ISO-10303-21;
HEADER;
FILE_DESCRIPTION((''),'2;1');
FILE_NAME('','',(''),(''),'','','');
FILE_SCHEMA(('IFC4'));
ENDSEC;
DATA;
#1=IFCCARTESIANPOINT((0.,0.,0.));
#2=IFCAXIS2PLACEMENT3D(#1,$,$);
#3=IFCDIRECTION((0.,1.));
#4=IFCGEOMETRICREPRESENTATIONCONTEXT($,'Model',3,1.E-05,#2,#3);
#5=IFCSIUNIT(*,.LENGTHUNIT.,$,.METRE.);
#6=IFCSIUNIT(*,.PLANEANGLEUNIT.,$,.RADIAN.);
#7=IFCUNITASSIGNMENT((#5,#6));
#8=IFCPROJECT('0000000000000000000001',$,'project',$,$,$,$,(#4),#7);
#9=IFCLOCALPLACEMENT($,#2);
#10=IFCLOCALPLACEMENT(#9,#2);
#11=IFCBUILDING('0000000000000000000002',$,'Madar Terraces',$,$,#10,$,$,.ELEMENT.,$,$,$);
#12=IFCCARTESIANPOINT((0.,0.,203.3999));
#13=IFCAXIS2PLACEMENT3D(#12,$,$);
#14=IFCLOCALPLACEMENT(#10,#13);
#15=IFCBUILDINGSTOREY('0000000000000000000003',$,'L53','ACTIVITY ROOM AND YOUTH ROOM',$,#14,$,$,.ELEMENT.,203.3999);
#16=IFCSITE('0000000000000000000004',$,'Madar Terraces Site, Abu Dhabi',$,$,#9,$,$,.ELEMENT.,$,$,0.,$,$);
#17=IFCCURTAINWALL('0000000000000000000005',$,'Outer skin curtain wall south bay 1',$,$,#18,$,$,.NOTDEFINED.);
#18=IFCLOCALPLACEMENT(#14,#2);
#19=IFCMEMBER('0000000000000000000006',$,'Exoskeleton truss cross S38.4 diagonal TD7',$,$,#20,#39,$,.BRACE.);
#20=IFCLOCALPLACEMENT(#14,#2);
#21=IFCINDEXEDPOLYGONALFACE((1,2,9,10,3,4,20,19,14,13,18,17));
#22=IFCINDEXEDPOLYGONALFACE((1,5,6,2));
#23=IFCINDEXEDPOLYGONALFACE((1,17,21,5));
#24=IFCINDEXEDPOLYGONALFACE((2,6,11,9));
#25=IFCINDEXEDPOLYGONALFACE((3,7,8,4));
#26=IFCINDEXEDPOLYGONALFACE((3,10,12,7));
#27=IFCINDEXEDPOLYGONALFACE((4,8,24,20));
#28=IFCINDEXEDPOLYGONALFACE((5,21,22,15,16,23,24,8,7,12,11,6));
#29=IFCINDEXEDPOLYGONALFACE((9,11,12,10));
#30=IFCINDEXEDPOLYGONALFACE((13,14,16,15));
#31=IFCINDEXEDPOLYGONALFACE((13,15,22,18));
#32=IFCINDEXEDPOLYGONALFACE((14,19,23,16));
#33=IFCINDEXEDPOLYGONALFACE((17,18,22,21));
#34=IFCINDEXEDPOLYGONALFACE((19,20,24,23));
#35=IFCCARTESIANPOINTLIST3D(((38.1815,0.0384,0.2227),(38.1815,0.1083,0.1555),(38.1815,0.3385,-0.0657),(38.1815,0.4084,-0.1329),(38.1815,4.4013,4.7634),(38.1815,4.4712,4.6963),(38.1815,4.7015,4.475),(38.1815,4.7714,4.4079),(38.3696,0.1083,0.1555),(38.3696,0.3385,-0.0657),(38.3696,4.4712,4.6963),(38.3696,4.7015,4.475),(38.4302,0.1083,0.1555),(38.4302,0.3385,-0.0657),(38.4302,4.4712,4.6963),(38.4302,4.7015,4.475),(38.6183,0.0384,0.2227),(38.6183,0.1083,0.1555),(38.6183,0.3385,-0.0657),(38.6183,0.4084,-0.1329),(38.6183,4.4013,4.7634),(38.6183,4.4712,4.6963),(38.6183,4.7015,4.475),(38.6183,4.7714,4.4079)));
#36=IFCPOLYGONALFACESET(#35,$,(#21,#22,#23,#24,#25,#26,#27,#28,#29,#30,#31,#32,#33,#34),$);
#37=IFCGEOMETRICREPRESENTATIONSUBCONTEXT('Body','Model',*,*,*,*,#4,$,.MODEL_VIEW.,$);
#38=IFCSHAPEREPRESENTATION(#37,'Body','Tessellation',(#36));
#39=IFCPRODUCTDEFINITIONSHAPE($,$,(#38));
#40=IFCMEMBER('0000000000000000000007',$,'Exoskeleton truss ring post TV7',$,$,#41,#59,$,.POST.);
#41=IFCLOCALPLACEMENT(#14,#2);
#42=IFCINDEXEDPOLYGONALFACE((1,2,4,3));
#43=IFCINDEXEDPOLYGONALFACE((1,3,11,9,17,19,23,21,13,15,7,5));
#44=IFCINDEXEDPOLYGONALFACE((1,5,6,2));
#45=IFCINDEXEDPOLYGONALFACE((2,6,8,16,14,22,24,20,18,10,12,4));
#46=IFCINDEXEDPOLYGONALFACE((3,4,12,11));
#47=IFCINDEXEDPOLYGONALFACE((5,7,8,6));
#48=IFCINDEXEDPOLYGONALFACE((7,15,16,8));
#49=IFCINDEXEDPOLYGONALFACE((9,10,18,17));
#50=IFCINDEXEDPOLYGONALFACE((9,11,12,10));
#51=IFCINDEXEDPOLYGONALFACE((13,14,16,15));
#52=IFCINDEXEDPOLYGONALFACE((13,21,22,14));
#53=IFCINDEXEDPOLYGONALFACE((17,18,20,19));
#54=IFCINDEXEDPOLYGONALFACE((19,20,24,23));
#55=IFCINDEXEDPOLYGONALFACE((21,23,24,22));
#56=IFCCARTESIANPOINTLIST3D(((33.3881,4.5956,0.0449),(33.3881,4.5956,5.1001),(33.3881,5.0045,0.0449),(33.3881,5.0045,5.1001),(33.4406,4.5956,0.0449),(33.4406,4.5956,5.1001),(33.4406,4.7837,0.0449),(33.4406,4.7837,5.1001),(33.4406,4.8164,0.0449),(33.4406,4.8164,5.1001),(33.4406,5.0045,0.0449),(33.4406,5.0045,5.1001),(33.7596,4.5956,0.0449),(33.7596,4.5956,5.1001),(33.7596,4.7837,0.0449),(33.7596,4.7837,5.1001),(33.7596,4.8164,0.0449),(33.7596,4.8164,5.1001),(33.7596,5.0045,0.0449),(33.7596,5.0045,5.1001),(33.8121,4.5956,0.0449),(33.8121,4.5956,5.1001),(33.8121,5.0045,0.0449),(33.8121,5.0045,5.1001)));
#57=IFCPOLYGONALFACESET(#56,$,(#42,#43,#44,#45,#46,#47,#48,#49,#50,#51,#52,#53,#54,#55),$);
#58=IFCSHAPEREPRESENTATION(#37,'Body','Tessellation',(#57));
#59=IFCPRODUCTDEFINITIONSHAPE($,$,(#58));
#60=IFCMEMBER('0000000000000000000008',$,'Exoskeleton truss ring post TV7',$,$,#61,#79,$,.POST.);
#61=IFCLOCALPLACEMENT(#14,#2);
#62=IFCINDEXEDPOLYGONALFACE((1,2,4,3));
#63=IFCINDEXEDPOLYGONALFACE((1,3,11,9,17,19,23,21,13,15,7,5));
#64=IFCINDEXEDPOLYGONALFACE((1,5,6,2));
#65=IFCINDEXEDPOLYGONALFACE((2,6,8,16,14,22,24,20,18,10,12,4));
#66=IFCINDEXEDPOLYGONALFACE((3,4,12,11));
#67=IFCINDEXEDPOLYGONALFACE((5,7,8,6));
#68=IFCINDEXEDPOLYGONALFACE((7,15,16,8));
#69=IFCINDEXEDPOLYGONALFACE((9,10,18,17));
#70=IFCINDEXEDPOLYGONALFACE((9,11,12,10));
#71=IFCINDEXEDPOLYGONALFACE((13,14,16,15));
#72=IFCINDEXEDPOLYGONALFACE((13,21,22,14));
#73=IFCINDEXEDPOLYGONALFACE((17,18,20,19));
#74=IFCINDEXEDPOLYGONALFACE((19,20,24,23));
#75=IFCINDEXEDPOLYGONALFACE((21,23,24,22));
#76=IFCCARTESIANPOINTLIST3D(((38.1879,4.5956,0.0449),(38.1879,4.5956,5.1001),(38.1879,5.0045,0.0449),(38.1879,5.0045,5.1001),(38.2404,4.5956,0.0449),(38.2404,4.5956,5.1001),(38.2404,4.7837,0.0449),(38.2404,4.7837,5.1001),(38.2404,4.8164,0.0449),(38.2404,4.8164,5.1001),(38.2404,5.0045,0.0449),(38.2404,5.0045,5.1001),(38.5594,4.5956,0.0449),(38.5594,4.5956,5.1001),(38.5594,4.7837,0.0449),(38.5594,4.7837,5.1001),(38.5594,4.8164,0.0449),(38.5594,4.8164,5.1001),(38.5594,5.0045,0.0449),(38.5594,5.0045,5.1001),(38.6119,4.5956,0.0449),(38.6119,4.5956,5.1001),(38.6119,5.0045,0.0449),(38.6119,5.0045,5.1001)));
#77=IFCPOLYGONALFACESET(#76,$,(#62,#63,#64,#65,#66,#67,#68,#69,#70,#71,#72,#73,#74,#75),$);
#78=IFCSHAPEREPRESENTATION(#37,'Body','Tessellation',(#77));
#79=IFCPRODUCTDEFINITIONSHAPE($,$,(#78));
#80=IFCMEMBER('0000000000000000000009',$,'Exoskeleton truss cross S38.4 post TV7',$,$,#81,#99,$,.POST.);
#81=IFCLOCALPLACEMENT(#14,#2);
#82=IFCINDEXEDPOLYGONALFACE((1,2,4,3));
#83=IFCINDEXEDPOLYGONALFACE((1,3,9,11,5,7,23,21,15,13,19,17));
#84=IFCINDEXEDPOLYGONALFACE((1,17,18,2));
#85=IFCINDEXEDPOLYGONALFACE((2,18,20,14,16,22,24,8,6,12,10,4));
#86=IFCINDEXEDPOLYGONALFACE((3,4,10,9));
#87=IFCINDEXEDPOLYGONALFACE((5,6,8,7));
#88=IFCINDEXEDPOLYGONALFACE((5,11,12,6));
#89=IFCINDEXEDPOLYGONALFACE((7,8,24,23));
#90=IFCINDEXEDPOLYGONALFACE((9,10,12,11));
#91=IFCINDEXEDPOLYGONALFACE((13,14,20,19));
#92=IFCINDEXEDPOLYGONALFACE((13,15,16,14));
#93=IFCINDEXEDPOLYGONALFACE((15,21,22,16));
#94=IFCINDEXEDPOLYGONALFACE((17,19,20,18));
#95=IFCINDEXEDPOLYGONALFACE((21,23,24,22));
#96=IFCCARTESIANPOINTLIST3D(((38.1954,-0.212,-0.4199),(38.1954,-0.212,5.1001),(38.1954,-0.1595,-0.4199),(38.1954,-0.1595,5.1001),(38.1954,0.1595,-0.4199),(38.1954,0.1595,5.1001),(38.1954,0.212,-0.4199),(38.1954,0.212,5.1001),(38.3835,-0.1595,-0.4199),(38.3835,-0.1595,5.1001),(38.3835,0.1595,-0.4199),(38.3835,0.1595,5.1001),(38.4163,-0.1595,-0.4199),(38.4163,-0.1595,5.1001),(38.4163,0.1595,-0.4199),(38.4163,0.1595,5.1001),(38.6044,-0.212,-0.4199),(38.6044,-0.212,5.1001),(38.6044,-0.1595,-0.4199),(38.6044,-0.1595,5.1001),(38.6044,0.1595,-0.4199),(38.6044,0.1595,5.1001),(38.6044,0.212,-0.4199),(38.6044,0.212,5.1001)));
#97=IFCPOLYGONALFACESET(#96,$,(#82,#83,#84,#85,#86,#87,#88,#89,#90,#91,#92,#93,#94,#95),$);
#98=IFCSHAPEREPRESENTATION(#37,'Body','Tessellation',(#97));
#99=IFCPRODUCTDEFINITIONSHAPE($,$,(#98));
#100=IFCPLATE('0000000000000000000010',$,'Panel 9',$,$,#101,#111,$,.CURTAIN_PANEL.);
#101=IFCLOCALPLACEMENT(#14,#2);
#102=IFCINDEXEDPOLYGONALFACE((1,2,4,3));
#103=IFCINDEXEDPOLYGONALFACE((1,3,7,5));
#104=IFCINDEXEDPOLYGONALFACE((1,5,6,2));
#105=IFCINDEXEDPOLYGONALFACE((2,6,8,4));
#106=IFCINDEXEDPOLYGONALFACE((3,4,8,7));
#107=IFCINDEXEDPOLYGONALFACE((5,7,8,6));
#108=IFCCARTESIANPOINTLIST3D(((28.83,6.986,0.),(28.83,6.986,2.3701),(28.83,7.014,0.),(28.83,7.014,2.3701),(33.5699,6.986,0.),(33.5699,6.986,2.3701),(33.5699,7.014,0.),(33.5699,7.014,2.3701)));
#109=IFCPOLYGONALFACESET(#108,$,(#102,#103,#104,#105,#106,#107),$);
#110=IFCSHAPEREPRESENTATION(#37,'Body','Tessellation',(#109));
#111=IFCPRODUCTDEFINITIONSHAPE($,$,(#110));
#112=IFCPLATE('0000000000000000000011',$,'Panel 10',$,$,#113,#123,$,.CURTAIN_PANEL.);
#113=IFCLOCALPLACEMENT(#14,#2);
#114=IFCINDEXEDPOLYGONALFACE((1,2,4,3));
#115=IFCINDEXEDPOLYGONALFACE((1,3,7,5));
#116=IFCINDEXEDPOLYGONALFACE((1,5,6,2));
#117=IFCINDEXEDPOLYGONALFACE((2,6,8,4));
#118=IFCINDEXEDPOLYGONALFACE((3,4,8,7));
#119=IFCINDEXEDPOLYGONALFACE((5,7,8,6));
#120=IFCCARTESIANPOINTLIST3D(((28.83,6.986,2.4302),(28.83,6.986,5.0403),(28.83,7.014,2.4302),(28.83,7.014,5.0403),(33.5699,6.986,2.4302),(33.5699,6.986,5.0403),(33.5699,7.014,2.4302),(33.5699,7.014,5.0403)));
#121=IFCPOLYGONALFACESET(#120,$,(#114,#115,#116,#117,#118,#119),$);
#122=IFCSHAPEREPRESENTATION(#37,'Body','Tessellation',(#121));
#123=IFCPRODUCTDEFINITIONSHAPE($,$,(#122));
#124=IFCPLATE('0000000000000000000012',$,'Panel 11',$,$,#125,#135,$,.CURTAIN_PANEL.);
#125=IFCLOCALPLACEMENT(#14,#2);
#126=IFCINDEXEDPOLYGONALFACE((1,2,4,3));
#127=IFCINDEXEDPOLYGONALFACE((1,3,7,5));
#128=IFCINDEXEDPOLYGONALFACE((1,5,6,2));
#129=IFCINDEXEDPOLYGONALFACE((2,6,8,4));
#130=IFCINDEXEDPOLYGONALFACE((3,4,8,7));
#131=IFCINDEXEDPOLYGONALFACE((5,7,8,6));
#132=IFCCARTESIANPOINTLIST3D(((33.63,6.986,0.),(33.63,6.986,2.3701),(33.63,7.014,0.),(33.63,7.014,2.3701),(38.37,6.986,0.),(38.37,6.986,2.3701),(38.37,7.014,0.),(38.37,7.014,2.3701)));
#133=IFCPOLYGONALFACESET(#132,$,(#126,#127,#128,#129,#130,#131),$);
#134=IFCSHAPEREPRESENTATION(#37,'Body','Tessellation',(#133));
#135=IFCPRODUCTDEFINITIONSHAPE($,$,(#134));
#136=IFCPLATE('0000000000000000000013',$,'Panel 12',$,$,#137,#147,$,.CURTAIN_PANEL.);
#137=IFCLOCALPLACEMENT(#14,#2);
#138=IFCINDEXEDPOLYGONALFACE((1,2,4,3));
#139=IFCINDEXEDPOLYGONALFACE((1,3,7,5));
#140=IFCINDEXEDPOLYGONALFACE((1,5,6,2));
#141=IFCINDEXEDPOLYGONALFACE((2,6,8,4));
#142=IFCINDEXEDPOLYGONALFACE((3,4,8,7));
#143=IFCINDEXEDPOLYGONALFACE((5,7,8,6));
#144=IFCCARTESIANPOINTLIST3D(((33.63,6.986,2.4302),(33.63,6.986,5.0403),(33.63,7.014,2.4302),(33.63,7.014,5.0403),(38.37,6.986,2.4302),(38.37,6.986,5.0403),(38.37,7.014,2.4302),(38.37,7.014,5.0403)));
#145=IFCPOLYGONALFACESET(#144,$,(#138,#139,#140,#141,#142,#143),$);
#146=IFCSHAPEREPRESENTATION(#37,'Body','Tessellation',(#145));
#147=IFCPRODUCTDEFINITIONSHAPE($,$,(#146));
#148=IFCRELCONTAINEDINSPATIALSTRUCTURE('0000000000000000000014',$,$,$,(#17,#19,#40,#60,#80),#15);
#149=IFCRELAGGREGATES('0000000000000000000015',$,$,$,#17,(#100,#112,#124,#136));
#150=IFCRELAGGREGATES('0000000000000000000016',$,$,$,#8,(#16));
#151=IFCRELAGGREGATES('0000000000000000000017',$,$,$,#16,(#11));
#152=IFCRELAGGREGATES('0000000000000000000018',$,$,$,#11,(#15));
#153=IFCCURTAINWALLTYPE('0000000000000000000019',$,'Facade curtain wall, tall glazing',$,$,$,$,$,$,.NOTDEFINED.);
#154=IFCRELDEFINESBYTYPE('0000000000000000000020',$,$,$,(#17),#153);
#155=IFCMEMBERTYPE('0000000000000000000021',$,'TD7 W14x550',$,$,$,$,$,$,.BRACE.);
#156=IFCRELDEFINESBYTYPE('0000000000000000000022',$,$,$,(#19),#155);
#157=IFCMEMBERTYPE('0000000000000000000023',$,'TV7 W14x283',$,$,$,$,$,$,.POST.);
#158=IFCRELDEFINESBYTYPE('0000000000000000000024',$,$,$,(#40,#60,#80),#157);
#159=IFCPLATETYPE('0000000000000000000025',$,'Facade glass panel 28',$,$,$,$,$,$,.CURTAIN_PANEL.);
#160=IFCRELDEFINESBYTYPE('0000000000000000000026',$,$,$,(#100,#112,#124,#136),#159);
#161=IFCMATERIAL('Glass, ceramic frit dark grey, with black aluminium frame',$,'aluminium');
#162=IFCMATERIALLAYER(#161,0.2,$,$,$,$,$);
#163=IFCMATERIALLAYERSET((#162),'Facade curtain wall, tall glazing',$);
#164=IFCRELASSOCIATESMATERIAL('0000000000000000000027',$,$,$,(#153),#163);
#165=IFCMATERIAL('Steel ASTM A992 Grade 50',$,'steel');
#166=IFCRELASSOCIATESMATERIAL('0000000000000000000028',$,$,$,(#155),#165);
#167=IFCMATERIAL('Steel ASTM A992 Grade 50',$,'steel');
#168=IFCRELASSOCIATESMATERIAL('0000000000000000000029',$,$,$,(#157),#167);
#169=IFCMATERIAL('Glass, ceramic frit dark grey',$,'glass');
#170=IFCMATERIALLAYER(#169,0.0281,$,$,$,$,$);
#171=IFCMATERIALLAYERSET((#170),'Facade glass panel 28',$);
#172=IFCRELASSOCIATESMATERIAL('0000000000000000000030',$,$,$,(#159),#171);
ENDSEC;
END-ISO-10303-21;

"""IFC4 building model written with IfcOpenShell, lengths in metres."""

from ifc_helpers import new_model, si_unit, direction, frame, origin, origin_2d, place, context, subcontext, project, spatial, rectangle, i_section, extrude, material, layer, layer_set, material_profile, profile_set, type_object, element, aggregate, save


model = new_model("IFC4")

# Units and contexts
model_context = context("Model", 3, precision=1e-05, world=origin(), true_north=direction((0.0, 1.0)))
body_context = subcontext(model_context, "Body", "Model", "MODEL_VIEW")
ifc_project = project(units=[si_unit("LENGTHUNIT", "METRE"), si_unit("PLANEANGLEUNIT", "RADIAN")], contexts=[model_context])

# Site, building, storey
site_placement = place(None, origin())
site = spatial("IfcSite", under=ifc_project, at=site_placement, Name="Madar Terraces Site, Abu Dhabi", CompositionType="ELEMENT", RefElevation=0.0)
building_placement = place(site_placement, origin())
building = spatial("IfcBuilding", under=site, at=building_placement, Name="Madar Terraces", CompositionType="ELEMENT")
storey_placement = place(building_placement, frame((0.0, 0.0, 203.3999)))
storey = spatial("IfcBuildingStorey", under=building, at=storey_placement, Name="L53", Description="ACTIVITY ROOM AND YOUTH ROOM", CompositionType="ELEMENT", Elevation=203.3999)

# Curtain wall
ifc_material_1 = material(Name="Glass, ceramic frit dark grey, with black aluminium frame", Category="aluminium")
ifc_layer_1 = layer(ifc_material_1, 0.2)
ifc_layer_set_1 = layer_set([ifc_layer_1], Name="Facade curtain wall, tall glazing")
curtain_wall_type = type_object("IfcCurtainWallType", Name="Facade curtain wall, tall glazing", PredefinedType="NOTDEFINED", material=ifc_layer_set_1)
curtain_wall_placement = place(storey_placement, origin())
curtain_wall = element("IfcCurtainWall", 1, at=curtain_wall_placement, inside=storey, type_object=curtain_wall_type, Name="Outer skin curtain wall south bay 1", PredefinedType="NOTDEFINED")

# Members
ifc_material_2 = material(Name="Steel ASTM A992 Grade 50", Category="steel")
ifc_material_profile_1 = material_profile(ifc_material_2, i_section(OverallWidth=0.4368, OverallDepth=0.5132, WebThickness=0.0605, FlangeThickness=0.0969, at=origin_2d()), Name="W14x550")
ifc_profile_set_1 = profile_set([ifc_material_profile_1], Name="Steel ASTM A992 Grade 50")
member_type_1 = type_object("IfcMemberType", Name="TD7 W14x550", PredefinedType="BRACE", material=ifc_profile_set_1)
member_1_placement = place(storey_placement, frame((38.3999, 0.2234, 0.0449), z_axis=(0.0, 0.692854, 0.721078), x_axis=(-1.0, 0.0, 0.0)))
element("IfcMember", 2, at=member_1_placement, inside=storey, type_object=member_type_1, Name="Exoskeleton truss cross S38.4 diagonal TD7", PredefinedType="BRACE", context=body_context, shape_type="SweptSolid", body=[
    extrude(i_section(OverallWidth=0.4368, OverallDepth=0.5132, WebThickness=0.0605, FlangeThickness=0.0969, at=origin_2d()), origin(), (0.0, 0.0, 1.0), 6.2971),
])
ifc_material_3 = material(Name="Steel ASTM A992 Grade 50", Category="steel")
ifc_material_profile_2 = material_profile(ifc_material_3, i_section(OverallWidth=0.4089, OverallDepth=0.4241, WebThickness=0.0327, FlangeThickness=0.0525, at=origin_2d()), Name="W14x283")
ifc_profile_set_2 = profile_set([ifc_material_profile_2], Name="Steel ASTM A992 Grade 50")
member_type_2 = type_object("IfcMemberType", Name="TV7 W14x283", PredefinedType="POST", material=ifc_profile_set_2)
for number, where, z_axis, x_axis, name in (
    (3, (33.6001, 4.8, 0.0449), (0.0, 0.0, 1.0), (0.0, 1.0, 0.0), "Exoskeleton truss ring post TV7"),
    (4, (38.3999, 4.8, 0.0449), (0.0, 0.0, 1.0), (0.0, 1.0, 0.0), "Exoskeleton truss ring post TV7"),
):
    element("IfcMember", number, at=place(storey_placement, frame(where, z_axis=z_axis, x_axis=x_axis)), inside=storey, type_object=member_type_2, Name=name, PredefinedType="POST", context=body_context, shape_type="SweptSolid", body=[
        extrude(i_section(OverallWidth=0.4089, OverallDepth=0.4241, WebThickness=0.0327, FlangeThickness=0.0525, at=origin_2d()), origin(), (0.0, 0.0, 1.0), 5.0552),
    ])
member_2_placement = place(storey_placement, frame((38.3999, 0.0, -0.4199), z_axis=(0.0, 0.0, 1.0), x_axis=(-1.0, 0.0, 0.0)))
element("IfcMember", 5, at=member_2_placement, inside=storey, type_object=member_type_2, Name="Exoskeleton truss cross S38.4 post TV7", PredefinedType="POST", context=body_context, shape_type="SweptSolid", body=[
    extrude(i_section(OverallWidth=0.4089, OverallDepth=0.4241, WebThickness=0.0327, FlangeThickness=0.0525, at=origin_2d()), origin(), (0.0, 0.0, 1.0), 5.52),
])

# Plates
ifc_material_4 = material(Name="Glass, ceramic frit dark grey", Category="glass")
ifc_layer_2 = layer(ifc_material_4, 0.0281)
ifc_layer_set_2 = layer_set([ifc_layer_2], Name="Facade glass panel 28")
plate_type = type_object("IfcPlateType", Name="Facade glass panel 28", PredefinedType="CURTAIN_PANEL", material=ifc_layer_set_2)
plate_1_placement = place(storey_placement, frame((31.2, 7.0, 0.0), z_axis=(0.0, 0.0, 1.0), x_axis=(1.0, 0.0, 0.0)))
plate_1 = element("IfcPlate", 6, at=plate_1_placement, type_object=plate_type, Name="Panel 9", PredefinedType="CURTAIN_PANEL", context=body_context, shape_type="SweptSolid", body=[
    extrude(rectangle(XDim=4.74, YDim=0.0281, at=origin_2d()), origin(), (0.0, 0.0, 1.0), 2.3701),
])
plate_2_placement = place(storey_placement, frame((31.2, 7.0, 2.4302), z_axis=(0.0, 0.0, 1.0), x_axis=(1.0, 0.0, 0.0)))
plate_2 = element("IfcPlate", 7, at=plate_2_placement, type_object=plate_type, Name="Panel 10", PredefinedType="CURTAIN_PANEL", context=body_context, shape_type="SweptSolid", body=[
    extrude(rectangle(XDim=4.74, YDim=0.0281, at=origin_2d()), origin(), (0.0, 0.0, 1.0), 2.6101),
])
plate_3_placement = place(storey_placement, frame((36.0, 7.0, 0.0), z_axis=(0.0, 0.0, 1.0), x_axis=(1.0, 0.0, 0.0)))
plate_3 = element("IfcPlate", 8, at=plate_3_placement, type_object=plate_type, Name="Panel 11", PredefinedType="CURTAIN_PANEL", context=body_context, shape_type="SweptSolid", body=[
    extrude(rectangle(XDim=4.74, YDim=0.0281, at=origin_2d()), origin(), (0.0, 0.0, 1.0), 2.3701),
])
plate_4_placement = place(storey_placement, frame((36.0, 7.0, 2.4302), z_axis=(0.0, 0.0, 1.0), x_axis=(1.0, 0.0, 0.0)))
plate_4 = element("IfcPlate", 9, at=plate_4_placement, type_object=plate_type, Name="Panel 12", PredefinedType="CURTAIN_PANEL", context=body_context, shape_type="SweptSolid", body=[
    extrude(rectangle(XDim=4.74, YDim=0.0281, at=origin_2d()), origin(), (0.0, 0.0, 1.0), 2.6101),
])
aggregate(curtain_wall, [plate_1, plate_2, plate_3, plate_4])

save(model, "model.ifc")
